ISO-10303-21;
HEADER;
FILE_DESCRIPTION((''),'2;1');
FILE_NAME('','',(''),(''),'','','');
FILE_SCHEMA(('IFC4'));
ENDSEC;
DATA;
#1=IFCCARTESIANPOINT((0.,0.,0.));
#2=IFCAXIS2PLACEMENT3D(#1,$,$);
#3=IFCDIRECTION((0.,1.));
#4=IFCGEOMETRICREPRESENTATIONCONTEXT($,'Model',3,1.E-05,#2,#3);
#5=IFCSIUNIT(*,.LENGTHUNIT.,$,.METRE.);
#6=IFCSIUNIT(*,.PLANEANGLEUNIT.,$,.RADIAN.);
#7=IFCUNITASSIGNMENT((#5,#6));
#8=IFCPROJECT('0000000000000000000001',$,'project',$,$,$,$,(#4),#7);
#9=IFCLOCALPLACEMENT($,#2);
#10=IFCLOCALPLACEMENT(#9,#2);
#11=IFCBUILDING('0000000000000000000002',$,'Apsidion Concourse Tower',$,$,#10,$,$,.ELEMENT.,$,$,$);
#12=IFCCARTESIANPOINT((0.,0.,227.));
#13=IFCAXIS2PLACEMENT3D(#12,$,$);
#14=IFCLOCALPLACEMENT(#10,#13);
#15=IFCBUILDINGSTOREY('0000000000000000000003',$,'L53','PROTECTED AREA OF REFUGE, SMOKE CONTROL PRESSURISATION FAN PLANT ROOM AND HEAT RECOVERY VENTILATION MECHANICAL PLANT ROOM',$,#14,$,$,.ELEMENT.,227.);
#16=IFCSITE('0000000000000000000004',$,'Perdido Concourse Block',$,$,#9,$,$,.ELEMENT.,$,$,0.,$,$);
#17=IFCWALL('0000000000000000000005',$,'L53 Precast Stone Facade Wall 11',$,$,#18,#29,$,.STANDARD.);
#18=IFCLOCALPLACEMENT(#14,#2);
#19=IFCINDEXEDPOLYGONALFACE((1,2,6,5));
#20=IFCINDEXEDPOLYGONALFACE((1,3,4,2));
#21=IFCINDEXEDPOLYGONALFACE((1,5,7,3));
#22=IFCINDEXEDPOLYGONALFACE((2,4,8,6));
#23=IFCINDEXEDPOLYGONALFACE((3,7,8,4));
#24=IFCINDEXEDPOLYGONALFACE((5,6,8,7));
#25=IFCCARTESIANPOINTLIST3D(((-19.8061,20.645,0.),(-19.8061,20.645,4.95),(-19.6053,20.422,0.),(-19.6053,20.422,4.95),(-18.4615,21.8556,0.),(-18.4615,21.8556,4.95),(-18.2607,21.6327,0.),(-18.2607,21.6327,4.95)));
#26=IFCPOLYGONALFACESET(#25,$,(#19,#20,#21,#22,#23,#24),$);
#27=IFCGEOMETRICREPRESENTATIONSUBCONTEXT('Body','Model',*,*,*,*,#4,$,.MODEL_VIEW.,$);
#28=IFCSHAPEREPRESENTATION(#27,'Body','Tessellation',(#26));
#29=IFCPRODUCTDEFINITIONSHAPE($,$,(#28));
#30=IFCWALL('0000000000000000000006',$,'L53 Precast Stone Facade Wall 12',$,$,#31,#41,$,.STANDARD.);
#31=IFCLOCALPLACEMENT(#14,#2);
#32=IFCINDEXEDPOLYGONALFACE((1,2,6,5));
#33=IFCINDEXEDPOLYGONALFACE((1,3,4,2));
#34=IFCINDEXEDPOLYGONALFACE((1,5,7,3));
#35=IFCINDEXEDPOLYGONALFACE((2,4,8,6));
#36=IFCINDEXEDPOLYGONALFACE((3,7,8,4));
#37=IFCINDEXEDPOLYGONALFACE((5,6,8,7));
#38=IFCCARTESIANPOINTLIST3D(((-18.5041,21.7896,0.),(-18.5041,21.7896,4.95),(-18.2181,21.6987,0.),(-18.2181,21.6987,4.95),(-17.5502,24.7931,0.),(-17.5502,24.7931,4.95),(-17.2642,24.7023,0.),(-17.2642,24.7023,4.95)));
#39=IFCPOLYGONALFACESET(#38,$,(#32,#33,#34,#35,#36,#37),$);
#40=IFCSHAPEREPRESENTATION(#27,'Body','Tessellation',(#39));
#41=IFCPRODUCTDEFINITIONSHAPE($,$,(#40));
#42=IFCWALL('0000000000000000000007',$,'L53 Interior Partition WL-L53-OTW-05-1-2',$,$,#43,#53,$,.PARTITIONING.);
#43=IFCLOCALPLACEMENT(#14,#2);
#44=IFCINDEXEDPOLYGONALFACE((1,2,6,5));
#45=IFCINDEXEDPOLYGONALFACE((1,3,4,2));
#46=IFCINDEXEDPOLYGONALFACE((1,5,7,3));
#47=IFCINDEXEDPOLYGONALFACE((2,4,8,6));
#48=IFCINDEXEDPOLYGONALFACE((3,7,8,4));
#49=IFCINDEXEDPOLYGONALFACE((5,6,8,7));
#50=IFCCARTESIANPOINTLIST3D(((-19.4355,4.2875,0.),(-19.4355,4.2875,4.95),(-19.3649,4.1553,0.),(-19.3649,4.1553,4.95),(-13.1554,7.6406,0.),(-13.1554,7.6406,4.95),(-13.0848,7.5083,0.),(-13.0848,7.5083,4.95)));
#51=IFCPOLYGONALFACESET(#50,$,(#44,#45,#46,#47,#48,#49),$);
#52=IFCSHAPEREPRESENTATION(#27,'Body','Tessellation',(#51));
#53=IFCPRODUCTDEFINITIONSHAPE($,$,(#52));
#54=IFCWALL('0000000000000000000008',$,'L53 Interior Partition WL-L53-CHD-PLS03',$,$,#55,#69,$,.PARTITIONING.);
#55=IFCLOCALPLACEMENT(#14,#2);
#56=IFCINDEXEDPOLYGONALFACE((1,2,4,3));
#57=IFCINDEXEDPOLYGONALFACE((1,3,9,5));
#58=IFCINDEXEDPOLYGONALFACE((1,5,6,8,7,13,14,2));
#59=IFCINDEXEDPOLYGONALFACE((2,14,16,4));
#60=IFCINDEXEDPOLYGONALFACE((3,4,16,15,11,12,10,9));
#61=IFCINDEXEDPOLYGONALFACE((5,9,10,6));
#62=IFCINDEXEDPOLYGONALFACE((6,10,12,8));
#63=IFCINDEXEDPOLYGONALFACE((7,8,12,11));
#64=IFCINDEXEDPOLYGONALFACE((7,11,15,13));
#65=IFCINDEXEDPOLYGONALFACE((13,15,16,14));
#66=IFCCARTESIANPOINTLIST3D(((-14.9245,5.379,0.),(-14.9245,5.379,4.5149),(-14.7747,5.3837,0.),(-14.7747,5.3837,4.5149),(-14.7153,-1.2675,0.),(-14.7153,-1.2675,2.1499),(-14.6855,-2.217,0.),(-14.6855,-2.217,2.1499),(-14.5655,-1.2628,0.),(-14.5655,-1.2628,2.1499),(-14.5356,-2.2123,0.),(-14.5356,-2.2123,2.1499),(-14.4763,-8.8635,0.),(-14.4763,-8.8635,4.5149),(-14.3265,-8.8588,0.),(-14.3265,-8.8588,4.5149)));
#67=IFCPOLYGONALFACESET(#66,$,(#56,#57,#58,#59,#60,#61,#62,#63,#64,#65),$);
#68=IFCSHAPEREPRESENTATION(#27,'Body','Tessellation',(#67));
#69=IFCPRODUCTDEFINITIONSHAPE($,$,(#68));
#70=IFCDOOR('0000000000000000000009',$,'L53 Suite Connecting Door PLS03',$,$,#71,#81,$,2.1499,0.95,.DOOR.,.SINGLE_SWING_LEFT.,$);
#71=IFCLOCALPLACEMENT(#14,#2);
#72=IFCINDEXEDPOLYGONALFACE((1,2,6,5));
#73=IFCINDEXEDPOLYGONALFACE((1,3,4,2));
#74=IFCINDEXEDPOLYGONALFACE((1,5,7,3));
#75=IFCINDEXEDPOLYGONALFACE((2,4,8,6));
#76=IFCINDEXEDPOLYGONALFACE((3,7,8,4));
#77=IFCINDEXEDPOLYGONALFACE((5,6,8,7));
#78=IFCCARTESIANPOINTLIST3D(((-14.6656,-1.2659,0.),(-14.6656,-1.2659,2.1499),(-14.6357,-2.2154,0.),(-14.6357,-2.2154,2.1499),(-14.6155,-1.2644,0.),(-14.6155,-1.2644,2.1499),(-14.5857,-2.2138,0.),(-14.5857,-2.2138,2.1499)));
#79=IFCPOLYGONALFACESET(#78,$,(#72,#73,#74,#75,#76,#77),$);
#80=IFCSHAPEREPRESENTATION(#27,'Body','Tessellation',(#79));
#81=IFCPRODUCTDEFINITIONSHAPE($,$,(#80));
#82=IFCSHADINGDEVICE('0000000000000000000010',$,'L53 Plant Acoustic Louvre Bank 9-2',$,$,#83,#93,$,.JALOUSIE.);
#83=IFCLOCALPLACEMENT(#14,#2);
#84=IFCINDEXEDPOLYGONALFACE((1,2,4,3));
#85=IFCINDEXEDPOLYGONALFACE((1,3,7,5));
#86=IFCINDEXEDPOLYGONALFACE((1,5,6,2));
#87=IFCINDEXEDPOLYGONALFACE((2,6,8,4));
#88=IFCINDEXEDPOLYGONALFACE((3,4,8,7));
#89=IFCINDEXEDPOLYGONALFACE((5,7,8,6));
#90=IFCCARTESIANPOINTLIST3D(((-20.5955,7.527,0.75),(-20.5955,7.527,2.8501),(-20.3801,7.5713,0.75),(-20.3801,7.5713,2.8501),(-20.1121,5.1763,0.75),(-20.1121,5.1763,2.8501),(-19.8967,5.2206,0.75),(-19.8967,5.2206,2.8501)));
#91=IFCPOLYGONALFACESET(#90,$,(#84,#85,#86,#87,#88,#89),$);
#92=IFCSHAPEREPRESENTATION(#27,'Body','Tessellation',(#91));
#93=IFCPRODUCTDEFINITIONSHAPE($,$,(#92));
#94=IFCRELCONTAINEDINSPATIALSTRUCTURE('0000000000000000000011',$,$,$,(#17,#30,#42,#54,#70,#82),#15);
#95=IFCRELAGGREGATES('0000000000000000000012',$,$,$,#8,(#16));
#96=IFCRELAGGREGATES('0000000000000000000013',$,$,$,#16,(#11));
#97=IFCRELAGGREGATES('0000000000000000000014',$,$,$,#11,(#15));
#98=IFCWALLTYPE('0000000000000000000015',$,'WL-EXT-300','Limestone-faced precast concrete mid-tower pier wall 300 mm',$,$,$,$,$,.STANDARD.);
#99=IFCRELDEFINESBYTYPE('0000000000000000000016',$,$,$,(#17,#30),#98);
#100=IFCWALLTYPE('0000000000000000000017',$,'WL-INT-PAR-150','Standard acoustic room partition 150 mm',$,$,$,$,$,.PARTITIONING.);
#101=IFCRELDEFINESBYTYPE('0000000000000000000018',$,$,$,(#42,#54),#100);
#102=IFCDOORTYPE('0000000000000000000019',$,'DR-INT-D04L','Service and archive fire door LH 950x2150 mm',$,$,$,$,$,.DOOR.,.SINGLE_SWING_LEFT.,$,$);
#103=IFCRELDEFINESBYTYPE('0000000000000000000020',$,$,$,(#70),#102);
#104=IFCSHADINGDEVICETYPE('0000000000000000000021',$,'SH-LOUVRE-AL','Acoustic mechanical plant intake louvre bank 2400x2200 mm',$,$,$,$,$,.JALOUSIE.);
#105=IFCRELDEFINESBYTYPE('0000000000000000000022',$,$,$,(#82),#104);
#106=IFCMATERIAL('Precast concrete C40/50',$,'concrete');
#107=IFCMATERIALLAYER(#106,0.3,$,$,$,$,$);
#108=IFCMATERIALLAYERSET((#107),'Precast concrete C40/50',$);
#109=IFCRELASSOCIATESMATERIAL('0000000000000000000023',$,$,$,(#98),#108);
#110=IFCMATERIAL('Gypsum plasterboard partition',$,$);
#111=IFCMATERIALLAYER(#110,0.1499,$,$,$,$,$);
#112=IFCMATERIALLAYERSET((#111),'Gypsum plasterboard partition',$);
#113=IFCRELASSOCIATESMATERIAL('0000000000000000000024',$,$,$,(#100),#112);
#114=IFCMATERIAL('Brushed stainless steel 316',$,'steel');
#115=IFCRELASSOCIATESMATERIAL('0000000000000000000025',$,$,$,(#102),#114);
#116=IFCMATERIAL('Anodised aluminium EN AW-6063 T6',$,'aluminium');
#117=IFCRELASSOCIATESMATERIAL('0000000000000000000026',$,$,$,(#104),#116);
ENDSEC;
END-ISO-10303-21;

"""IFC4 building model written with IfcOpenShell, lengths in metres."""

from ifc_helpers import new_model, si_unit, direction, frame, frame_2d, origin, origin_2d, place, context, subcontext, project, spatial, rectangle, extrude, material, layer, layer_set, type_object, element, fill, save


model = new_model("IFC4")

# Units and contexts
model_context = context("Model", 3, precision=1e-05, world=origin(), true_north=direction((0.0, 1.0)))
body_context = subcontext(model_context, "Body", "Model", "MODEL_VIEW")
ifc_project = project(units=[si_unit("LENGTHUNIT", "METRE"), si_unit("PLANEANGLEUNIT", "RADIAN")], contexts=[model_context])

# Site, building, storey
site_placement = place(None, origin())
site = spatial("IfcSite", under=ifc_project, at=site_placement, Name="Perdido Concourse Block", CompositionType="ELEMENT", RefElevation=0.0)
building_placement = place(site_placement, origin())
building = spatial("IfcBuilding", under=site, at=building_placement, Name="Apsidion Concourse Tower", CompositionType="ELEMENT")
storey_placement = place(building_placement, frame((0.0, 0.0, 227.0)))
storey = spatial("IfcBuildingStorey", under=building, at=storey_placement, Name="L53", Description="PROTECTED AREA OF REFUGE, SMOKE CONTROL PRESSURISATION FAN PLANT ROOM AND HEAT RECOVERY VENTILATION MECHANICAL PLANT ROOM", CompositionType="ELEMENT", Elevation=227.0)

# Shared definitions
ifc_material_1 = material(Name="Precast concrete C40/50", Category="concrete")
ifc_layer_1 = layer(ifc_material_1, 0.3)
ifc_layer_set_1 = layer_set([ifc_layer_1], Name="Precast concrete C40/50")
wall_type_1 = type_object("IfcWallType", Name="WL-EXT-300", Description="Limestone-faced precast concrete mid-tower pier wall 300 mm", PredefinedType="STANDARD", material=ifc_layer_set_1)
ifc_material_2 = material(Name="Brushed stainless steel 316", Category="steel")

# Walls
wall_1_placement = place(storey_placement, frame((-19.7058, 20.5334, 0.0), z_axis=(0.0, 0.0, 1.0), x_axis=(0.743173, 0.669099, 0.0)))
element("IfcWall", 1, at=wall_1_placement, inside=storey, type_object=wall_type_1, Name="L53 Precast Stone Facade Wall 11", PredefinedType="STANDARD", context=body_context, shape_type="SweptSolid", body=[
    extrude(rectangle(XDim=1.8093, YDim=0.3, at=frame_2d((0.9048, 0.0))), origin(), (0.0, 0.0, 1.0), 4.95),
])
wall_2_placement = place(storey_placement, frame((-18.3611, 21.7441, 0.0), z_axis=(0.0, 0.0, 1.0), x_axis=(0.302692, 0.953088, 0.0)))
element("IfcWall", 2, at=wall_2_placement, inside=storey, type_object=wall_type_1, Name="L53 Precast Stone Facade Wall 12", PredefinedType="STANDARD", context=body_context, shape_type="SweptSolid", body=[
    extrude(rectangle(XDim=3.1514, YDim=0.3, at=frame_2d((1.5757, 0.0))), origin(), (0.0, 0.0, 1.0), 4.95),
])
ifc_material_3 = material(Name="Gypsum plasterboard partition")
ifc_layer_2 = layer(ifc_material_3, 0.1499)
ifc_layer_set_2 = layer_set([ifc_layer_2], Name="Gypsum plasterboard partition")
wall_type_2 = type_object("IfcWallType", Name="WL-INT-PAR-150", Description="Standard acoustic room partition 150 mm", PredefinedType="PARTITIONING", material=ifc_layer_set_2)
wall_3_placement = place(storey_placement, frame((-13.1201, 7.5745, 0.0), z_axis=(0.0, 0.0, 1.0), x_axis=(-0.882138, -0.47099, 0.0)))
element("IfcWall", 3, at=wall_3_placement, inside=storey, type_object=wall_type_2, Name="L53 Interior Partition WL-L53-OTW-05-1-2", PredefinedType="PARTITIONING", context=body_context, shape_type="SweptSolid", body=[
    extrude(rectangle(XDim=7.1191, YDim=0.1499, at=frame_2d((3.5596, 0.0))), origin(), (0.0, 0.0, 1.0), 4.95),
])

# Wall, opening, door
wall_4_placement = place(storey_placement, frame((-14.8496, 5.3813, 0.0), z_axis=(0.0, 0.0, 1.0), x_axis=(0.031457, -0.999505, 0.0)))
wall_4 = element("IfcWall", 4, at=wall_4_placement, inside=storey, type_object=wall_type_2, Name="L53 Interior Partition WL-L53-CHD-PLS03", PredefinedType="PARTITIONING", context=body_context, shape_type="SweptSolid", body=[
    extrude(rectangle(XDim=14.2495, YDim=0.1499, at=frame_2d((7.1248, 0.0))), origin(), (0.0, 0.0, 1.0), 4.5149),
])
opening_1_placement = place(wall_4_placement, frame((6.6497, 0.0, 0.0)))
opening_1 = element("IfcOpeningElement", 5, at=opening_1_placement, cuts=wall_4, PredefinedType="OPENING", context=body_context, shape_type="SweptSolid", body=[
    extrude(rectangle(XDim=0.95, YDim=2.1499, at=frame_2d((0.4751, 1.075))), frame((0.0, 0.085, 0.0), z_axis=(0.0, -1.0, 0.0), x_axis=(1.0, 0.0, 0.0)), (0.0, 0.0, 1.0), 0.1699),
])
door_type_1 = type_object("IfcDoorType", Name="DR-INT-D04L", Description="Service and archive fire door LH 950x2150 mm", OperationType="SINGLE_SWING_LEFT", PredefinedType="DOOR", material=ifc_material_2)
door_1_placement = place(opening_1_placement, origin())
door_1 = element("IfcDoor", 6, at=door_1_placement, inside=storey, type_object=door_type_1, Name="L53 Suite Connecting Door PLS03", OperationType="SINGLE_SWING_LEFT", OverallHeight=2.1499, OverallWidth=0.95, PredefinedType="DOOR", context=body_context, shape_type="SweptSolid", body=[
    extrude(rectangle(XDim=0.95, YDim=2.1499, at=frame_2d((0.4751, 1.075))), frame((0.0, 0.0249, 0.0), z_axis=(0.0, -1.0, 0.0), x_axis=(1.0, 0.0, 0.0)), (0.0, 0.0, 1.0), 0.05),
])
fill(opening_1, door_1)

# Shading device
ifc_material_4 = material(Name="Anodised aluminium EN AW-6063 T6", Category="aluminium")
shading_device_type = type_object("IfcShadingDeviceType", Name="SH-LOUVRE-AL", Description="Acoustic mechanical plant intake louvre bank 2400x2200 mm", PredefinedType="JALOUSIE", material=ifc_material_4)
shading_device_placement = place(storey_placement, frame((-20.2461, 6.3738, 0.75), z_axis=(0.0, 0.0, 1.0), x_axis=(-0.20142, 0.979505, 0.0)))
element("IfcShadingDevice", 7, at=shading_device_placement, inside=storey, type_object=shading_device_type, Name="L53 Plant Acoustic Louvre Bank 9-2", PredefinedType="JALOUSIE", context=body_context, shape_type="SweptSolid", body=[
    extrude(rectangle(XDim=2.3999, YDim=0.22, at=origin_2d()), origin(), (0.0, 0.0, 1.0), 2.1001),
])

save(model, "model.ifc")
